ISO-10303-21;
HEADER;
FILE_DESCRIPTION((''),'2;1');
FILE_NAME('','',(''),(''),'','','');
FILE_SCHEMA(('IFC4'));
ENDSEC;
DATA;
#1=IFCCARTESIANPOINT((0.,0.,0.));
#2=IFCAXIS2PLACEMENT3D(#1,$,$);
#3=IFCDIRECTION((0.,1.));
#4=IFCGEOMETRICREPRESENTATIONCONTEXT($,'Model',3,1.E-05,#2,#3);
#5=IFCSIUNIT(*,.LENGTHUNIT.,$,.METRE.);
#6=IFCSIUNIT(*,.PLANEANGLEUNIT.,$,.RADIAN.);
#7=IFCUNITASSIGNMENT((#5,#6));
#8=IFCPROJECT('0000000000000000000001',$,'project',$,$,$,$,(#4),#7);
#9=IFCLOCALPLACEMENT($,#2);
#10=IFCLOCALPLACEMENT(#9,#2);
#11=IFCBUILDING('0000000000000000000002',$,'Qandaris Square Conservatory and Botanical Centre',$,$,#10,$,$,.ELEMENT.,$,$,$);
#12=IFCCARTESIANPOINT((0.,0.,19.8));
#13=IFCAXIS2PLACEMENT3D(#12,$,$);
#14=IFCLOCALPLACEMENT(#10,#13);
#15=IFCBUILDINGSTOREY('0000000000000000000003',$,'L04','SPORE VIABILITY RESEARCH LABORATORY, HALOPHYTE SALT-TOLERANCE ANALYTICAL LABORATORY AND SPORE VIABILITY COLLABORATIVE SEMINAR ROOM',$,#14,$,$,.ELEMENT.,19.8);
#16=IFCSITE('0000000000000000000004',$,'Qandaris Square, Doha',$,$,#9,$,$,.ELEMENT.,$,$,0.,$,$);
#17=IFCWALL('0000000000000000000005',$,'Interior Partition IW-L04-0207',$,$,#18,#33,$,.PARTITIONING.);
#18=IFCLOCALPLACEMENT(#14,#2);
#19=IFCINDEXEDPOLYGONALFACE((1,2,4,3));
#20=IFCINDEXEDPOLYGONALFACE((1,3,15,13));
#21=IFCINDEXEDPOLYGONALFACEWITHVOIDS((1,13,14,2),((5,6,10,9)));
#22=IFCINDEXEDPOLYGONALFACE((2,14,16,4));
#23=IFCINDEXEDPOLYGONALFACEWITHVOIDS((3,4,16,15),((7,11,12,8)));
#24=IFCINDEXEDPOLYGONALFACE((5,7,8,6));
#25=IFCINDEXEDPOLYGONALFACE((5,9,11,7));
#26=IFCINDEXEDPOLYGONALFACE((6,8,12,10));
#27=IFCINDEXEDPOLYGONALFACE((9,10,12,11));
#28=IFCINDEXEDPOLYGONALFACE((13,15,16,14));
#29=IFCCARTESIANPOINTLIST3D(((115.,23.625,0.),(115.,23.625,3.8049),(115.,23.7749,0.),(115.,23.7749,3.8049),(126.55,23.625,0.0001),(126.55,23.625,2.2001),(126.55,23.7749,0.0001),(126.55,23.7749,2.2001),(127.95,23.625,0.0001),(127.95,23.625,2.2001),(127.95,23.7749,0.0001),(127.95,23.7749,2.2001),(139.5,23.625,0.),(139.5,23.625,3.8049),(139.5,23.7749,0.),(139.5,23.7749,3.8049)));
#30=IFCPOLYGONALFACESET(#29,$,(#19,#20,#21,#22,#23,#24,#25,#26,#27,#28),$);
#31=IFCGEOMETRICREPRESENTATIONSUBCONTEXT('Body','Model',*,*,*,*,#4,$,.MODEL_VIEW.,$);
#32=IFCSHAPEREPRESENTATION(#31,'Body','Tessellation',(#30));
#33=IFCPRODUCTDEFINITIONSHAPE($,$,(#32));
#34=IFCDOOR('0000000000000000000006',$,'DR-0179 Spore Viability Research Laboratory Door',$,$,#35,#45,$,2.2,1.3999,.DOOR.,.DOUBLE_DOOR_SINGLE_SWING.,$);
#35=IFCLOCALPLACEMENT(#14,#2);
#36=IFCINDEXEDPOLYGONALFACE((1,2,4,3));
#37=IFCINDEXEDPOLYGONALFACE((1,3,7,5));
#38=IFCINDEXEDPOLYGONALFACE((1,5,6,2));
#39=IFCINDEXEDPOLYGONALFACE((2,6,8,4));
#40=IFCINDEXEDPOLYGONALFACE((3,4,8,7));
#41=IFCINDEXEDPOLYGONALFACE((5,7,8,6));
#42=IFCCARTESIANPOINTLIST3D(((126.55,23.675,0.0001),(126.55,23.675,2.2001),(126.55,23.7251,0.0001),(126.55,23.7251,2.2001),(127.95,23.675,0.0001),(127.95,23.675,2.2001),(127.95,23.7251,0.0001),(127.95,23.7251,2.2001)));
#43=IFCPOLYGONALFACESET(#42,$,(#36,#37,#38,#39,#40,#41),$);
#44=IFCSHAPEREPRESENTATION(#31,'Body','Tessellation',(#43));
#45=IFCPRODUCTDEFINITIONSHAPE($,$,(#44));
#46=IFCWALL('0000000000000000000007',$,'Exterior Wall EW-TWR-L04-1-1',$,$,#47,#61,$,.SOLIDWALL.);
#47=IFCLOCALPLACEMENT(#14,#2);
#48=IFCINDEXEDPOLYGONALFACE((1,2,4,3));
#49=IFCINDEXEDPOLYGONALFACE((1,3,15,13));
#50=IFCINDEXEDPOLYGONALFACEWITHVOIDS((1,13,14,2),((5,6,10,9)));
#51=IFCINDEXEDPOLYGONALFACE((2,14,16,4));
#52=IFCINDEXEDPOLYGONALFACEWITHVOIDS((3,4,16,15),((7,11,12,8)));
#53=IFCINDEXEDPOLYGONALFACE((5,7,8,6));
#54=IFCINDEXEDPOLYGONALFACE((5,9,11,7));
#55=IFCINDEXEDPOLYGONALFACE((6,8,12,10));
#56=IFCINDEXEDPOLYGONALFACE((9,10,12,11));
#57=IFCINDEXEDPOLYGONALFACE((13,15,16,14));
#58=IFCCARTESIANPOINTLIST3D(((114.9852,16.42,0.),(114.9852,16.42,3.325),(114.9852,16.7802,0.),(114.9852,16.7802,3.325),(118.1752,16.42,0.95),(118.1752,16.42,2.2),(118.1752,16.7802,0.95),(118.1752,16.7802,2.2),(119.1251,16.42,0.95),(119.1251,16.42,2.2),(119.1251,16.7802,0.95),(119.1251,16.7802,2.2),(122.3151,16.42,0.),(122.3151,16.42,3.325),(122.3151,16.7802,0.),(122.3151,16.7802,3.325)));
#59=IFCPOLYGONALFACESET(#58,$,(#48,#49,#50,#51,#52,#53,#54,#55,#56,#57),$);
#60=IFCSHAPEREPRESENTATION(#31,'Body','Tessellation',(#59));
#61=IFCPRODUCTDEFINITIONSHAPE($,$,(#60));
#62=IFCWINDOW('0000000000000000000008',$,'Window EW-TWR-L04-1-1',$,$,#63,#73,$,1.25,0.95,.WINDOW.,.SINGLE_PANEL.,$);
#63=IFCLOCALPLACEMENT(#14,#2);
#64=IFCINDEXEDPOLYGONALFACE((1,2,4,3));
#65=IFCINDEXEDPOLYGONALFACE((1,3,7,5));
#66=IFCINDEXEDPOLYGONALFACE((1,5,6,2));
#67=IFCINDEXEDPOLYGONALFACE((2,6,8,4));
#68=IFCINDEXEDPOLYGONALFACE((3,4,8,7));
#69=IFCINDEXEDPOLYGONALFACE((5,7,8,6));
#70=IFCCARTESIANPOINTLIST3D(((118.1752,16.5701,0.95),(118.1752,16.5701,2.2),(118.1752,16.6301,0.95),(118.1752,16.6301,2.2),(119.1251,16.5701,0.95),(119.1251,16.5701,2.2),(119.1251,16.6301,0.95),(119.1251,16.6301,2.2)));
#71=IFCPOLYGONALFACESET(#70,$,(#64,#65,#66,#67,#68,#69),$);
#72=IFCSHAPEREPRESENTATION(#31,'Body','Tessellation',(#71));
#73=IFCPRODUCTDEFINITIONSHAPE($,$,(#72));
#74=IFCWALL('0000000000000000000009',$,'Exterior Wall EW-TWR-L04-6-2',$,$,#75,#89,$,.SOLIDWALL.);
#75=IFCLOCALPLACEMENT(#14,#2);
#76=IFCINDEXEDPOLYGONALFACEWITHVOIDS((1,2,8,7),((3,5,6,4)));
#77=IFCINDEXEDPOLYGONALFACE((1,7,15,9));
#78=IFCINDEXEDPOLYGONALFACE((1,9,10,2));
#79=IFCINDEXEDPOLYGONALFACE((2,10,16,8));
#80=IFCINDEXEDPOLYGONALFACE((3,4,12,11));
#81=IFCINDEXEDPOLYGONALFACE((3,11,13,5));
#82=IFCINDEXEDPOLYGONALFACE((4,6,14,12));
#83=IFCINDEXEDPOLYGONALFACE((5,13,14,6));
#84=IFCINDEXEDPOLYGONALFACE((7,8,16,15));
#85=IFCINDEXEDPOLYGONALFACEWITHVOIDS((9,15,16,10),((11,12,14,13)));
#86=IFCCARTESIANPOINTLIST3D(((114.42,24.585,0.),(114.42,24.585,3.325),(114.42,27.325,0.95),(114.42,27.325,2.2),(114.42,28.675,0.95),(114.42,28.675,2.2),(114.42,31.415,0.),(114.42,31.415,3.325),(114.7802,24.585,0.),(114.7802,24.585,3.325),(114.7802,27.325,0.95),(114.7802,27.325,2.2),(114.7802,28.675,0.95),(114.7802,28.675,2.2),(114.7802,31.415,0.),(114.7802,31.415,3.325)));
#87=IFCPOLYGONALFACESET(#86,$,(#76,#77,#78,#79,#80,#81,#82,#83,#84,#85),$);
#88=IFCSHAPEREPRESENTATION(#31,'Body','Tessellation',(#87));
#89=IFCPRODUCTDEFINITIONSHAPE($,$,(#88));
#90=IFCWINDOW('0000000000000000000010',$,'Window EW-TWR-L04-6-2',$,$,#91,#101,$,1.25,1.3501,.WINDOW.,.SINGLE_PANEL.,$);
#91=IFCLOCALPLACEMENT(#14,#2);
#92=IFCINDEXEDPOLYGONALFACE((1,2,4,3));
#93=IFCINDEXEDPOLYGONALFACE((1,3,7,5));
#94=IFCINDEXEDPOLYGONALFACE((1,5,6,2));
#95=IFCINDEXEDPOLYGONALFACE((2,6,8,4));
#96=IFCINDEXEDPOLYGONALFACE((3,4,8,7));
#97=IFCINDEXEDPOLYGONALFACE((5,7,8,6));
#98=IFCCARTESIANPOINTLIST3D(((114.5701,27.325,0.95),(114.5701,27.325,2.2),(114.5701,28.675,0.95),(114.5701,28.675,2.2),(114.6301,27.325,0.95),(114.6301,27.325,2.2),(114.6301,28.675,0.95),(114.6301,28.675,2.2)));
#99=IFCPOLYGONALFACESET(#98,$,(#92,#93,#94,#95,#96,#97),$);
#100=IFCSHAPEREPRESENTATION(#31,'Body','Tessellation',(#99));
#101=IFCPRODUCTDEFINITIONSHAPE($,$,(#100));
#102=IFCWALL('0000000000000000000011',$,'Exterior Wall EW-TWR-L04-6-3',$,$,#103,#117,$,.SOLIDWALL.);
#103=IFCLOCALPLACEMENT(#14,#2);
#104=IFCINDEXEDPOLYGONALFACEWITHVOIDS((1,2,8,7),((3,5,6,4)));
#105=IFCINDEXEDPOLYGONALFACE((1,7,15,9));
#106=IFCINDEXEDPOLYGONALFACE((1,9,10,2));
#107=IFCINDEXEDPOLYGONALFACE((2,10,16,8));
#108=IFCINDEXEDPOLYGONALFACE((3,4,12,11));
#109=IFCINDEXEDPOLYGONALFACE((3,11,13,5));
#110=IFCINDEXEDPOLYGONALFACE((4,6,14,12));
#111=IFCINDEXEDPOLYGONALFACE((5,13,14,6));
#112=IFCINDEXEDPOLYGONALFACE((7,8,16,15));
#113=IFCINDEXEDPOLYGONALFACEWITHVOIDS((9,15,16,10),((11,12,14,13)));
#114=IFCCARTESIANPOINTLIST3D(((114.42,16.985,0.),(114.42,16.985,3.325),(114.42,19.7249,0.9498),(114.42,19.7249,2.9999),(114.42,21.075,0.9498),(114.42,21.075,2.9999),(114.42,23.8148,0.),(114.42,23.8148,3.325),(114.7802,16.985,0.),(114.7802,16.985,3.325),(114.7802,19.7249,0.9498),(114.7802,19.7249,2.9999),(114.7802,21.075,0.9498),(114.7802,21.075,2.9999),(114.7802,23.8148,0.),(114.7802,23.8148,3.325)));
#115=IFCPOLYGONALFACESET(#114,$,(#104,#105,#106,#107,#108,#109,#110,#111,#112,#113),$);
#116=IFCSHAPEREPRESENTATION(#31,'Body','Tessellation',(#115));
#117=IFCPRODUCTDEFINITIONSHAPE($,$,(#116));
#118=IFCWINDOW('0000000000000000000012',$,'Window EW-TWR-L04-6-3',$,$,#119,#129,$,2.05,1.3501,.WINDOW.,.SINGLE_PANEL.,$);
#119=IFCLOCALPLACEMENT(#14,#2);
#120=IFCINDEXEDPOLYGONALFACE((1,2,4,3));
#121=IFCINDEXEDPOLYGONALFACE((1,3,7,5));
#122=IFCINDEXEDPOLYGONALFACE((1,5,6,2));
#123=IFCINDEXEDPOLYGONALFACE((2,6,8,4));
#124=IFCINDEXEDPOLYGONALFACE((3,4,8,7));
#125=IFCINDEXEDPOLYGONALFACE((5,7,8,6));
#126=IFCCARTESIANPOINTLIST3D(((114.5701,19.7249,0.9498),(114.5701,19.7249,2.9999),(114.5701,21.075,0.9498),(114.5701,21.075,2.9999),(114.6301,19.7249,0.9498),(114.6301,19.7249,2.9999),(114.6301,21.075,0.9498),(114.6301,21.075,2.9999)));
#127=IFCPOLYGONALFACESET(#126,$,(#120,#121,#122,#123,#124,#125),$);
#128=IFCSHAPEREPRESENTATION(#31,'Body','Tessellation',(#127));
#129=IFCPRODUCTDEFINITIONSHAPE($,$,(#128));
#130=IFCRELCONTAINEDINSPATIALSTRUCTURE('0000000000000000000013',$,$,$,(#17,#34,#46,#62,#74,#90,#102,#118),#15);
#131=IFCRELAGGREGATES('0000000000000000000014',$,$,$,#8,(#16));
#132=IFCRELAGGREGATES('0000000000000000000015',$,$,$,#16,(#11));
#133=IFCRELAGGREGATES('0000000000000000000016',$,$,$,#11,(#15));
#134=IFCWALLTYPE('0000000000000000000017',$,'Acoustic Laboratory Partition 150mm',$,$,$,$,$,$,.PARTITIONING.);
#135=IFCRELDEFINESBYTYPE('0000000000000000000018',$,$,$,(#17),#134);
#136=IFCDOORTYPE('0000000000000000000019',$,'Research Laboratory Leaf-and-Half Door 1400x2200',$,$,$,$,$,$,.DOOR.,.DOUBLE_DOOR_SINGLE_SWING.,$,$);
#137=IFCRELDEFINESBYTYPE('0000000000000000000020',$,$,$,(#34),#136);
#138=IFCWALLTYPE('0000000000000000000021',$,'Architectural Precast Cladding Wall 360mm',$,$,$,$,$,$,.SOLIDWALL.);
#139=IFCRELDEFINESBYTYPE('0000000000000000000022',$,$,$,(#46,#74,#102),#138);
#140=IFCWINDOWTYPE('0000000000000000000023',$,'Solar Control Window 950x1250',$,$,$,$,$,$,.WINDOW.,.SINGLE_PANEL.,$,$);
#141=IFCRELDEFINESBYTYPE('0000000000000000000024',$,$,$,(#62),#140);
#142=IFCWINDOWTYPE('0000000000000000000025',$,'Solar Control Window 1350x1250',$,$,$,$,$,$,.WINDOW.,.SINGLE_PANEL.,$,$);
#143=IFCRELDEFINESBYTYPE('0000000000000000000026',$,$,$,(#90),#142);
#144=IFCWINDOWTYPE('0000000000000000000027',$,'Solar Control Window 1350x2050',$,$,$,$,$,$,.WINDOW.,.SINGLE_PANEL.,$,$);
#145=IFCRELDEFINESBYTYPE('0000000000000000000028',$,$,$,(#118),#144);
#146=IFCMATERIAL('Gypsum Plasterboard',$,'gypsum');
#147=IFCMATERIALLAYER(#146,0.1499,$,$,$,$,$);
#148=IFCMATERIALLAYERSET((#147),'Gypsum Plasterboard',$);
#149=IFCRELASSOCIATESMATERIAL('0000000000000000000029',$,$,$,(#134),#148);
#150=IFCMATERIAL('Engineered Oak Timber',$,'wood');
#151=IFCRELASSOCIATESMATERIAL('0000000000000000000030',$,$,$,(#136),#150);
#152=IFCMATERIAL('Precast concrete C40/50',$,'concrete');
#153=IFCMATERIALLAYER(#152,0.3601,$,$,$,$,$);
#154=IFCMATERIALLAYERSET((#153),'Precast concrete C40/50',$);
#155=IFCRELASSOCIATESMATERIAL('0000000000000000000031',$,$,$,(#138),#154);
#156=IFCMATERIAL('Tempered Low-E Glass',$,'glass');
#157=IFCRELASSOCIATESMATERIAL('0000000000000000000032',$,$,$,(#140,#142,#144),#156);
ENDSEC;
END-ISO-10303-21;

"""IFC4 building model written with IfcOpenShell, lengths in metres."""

from ifc_helpers import new_model, si_unit, direction, frame, frame_2d, origin, place, context, subcontext, project, spatial, rectangle, extrude, material, layer, layer_set, type_object, element, fill, save


model = new_model("IFC4")

# Units and contexts
model_context = context("Model", 3, precision=1e-05, world=origin(), true_north=direction((0.0, 1.0)))
body_context = subcontext(model_context, "Body", "Model", "MODEL_VIEW")
ifc_project = project(units=[si_unit("LENGTHUNIT", "METRE"), si_unit("PLANEANGLEUNIT", "RADIAN")], contexts=[model_context])

# Site, building, storey
site_placement = place(None, origin())
site = spatial("IfcSite", under=ifc_project, at=site_placement, Name="Qandaris Square, Doha", CompositionType="ELEMENT", RefElevation=0.0)
building_placement = place(site_placement, origin())
building = spatial("IfcBuilding", under=site, at=building_placement, Name="Qandaris Square Conservatory and Botanical Centre", CompositionType="ELEMENT")
storey_placement = place(building_placement, frame((0.0, 0.0, 19.8)))
storey = spatial("IfcBuildingStorey", under=building, at=storey_placement, Name="L04", Description="SPORE VIABILITY RESEARCH LABORATORY, HALOPHYTE SALT-TOLERANCE ANALYTICAL LABORATORY AND SPORE VIABILITY COLLABORATIVE SEMINAR ROOM", CompositionType="ELEMENT", Elevation=19.8)

# Wall, opening, door
ifc_material_1 = material(Name="Gypsum Plasterboard", Category="gypsum")
ifc_layer_1 = layer(ifc_material_1, 0.1499)
ifc_layer_set_1 = layer_set([ifc_layer_1], Name="Gypsum Plasterboard")
wall_type_1 = type_object("IfcWallType", Name="Acoustic Laboratory Partition 150mm", PredefinedType="PARTITIONING", material=ifc_layer_set_1)
wall_1_placement = place(storey_placement, frame((115.0, 23.7, 0.0), z_axis=(0.0, 0.0, 1.0), x_axis=(1.0, 0.0, 0.0)))
wall_1 = element("IfcWall", 1, at=wall_1_placement, inside=storey, type_object=wall_type_1, Name="Interior Partition IW-L04-0207", PredefinedType="PARTITIONING", context=body_context, shape_type="SweptSolid", body=[
    extrude(rectangle(XDim=24.5, YDim=0.1499, at=frame_2d((12.25, 0.0))), origin(), (0.0, 0.0, 1.0), 3.8049),
])
opening_1_placement = place(wall_1_placement, frame((11.55, 0.0, 0.0)))
opening_1 = element("IfcOpeningElement", 2, at=opening_1_placement, cuts=wall_1, PredefinedType="OPENING", context=body_context, shape_type="SweptSolid", body=[
    extrude(rectangle(XDim=1.3999, YDim=2.2, at=frame_2d((0.7, 1.1001))), frame((0.0, 0.0869, 0.0), z_axis=(0.0, -1.0, 0.0), x_axis=(1.0, 0.0, 0.0)), (0.0, 0.0, 1.0), 0.1738),
])
ifc_material_2 = material(Name="Engineered Oak Timber", Category="wood")
door_type = type_object("IfcDoorType", Name="Research Laboratory Leaf-and-Half Door 1400x2200", OperationType="DOUBLE_DOOR_SINGLE_SWING", PredefinedType="DOOR", material=ifc_material_2)
door_placement = place(opening_1_placement, frame((1.3999, 0.0, 0.0), z_axis=(0.0, 0.0, 1.0), x_axis=(-1.0, 0.0, 0.0)))
door = element("IfcDoor", 3, at=door_placement, inside=storey, type_object=door_type, Name="DR-0179 Spore Viability Research Laboratory Door", OperationType="DOUBLE_DOOR_SINGLE_SWING", OverallHeight=2.2, OverallWidth=1.3999, PredefinedType="DOOR", context=body_context, shape_type="SweptSolid", body=[
    extrude(rectangle(XDim=1.3999, YDim=2.2, at=frame_2d((0.7, 1.1001))), frame((0.0, 0.0249, 0.0), z_axis=(0.0, -1.0, 0.0), x_axis=(1.0, 0.0, 0.0)), (0.0, 0.0, 1.0), 0.05),
])
fill(opening_1, door)

# Walls, openings, windows
ifc_material_3 = material(Name="Precast concrete C40/50", Category="concrete")
ifc_layer_2 = layer(ifc_material_3, 0.3601)
ifc_layer_set_2 = layer_set([ifc_layer_2], Name="Precast concrete C40/50")
wall_type_2 = type_object("IfcWallType", Name="Architectural Precast Cladding Wall 360mm", PredefinedType="SOLIDWALL", material=ifc_layer_set_2)
wall_2_placement = place(storey_placement, frame((114.9851, 16.6001, 0.0), z_axis=(0.0, 0.0, 1.0), x_axis=(1.0, 0.0, 0.0)))
wall_2 = element("IfcWall", 4, at=wall_2_placement, inside=storey, type_object=wall_type_2, Name="Exterior Wall EW-TWR-L04-1-1", PredefinedType="SOLIDWALL", context=body_context, shape_type="SweptSolid", body=[
    extrude(rectangle(XDim=7.3298, YDim=0.3601, at=frame_2d((3.665, 0.0))), origin(), (0.0, 0.0, 1.0), 3.325),
])
opening_2_placement = place(wall_2_placement, frame((3.1899, 0.0, 0.95)))
opening_2 = element("IfcOpeningElement", 5, at=opening_2_placement, cuts=wall_2, PredefinedType="OPENING", context=body_context, shape_type="SweptSolid", body=[
    extrude(rectangle(XDim=0.95, YDim=1.25, at=frame_2d((0.4751, 0.625))), frame((0.0, 0.1919, 0.0), z_axis=(0.0, -1.0, 0.0), x_axis=(1.0, 0.0, 0.0)), (0.0, 0.0, 1.0), 0.384),
])
ifc_material_4 = material(Name="Tempered Low-E Glass", Category="glass")
window_type_1 = type_object("IfcWindowType", Name="Solar Control Window 950x1250", PartitioningType="SINGLE_PANEL", PredefinedType="WINDOW", material=ifc_material_4)
window_1_placement = place(opening_2_placement, origin())
window_1 = element("IfcWindow", 6, at=window_1_placement, inside=storey, type_object=window_type_1, Name="Window EW-TWR-L04-1-1", OverallHeight=1.25, OverallWidth=0.95, PartitioningType="SINGLE_PANEL", PredefinedType="WINDOW", context=body_context, shape_type="SweptSolid", body=[
    extrude(rectangle(XDim=0.95, YDim=1.25, at=frame_2d((0.4751, 0.625))), frame((0.0, 0.03, 0.0), z_axis=(0.0, -1.0, 0.0), x_axis=(1.0, 0.0, 0.0)), (0.0, 0.0, 1.0), 0.0601),
])
fill(opening_2, window_1)
wall_3_placement = place(storey_placement, frame((114.6001, 31.415, 0.0), z_axis=(0.0, 0.0, 1.0), x_axis=(0.0, -1.0, 0.0)))
wall_3 = element("IfcWall", 7, at=wall_3_placement, inside=storey, type_object=wall_type_2, Name="Exterior Wall EW-TWR-L04-6-2", PredefinedType="SOLIDWALL", context=body_context, shape_type="SweptSolid", body=[
    extrude(rectangle(XDim=6.8301, YDim=0.3601, at=frame_2d((3.415, 0.0))), origin(), (0.0, 0.0, 1.0), 3.325),
])
opening_3_placement = place(wall_3_placement, frame((2.74, 0.0, 0.95)))
opening_3 = element("IfcOpeningElement", 8, at=opening_3_placement, cuts=wall_3, PredefinedType="OPENING", context=body_context, shape_type="SweptSolid", body=[
    extrude(rectangle(XDim=1.3501, YDim=1.25, at=frame_2d((0.675, 0.625))), frame((0.0, 0.1919, 0.0), z_axis=(0.0, -1.0, 0.0), x_axis=(1.0, 0.0, 0.0)), (0.0, 0.0, 1.0), 0.384),
])
window_type_2 = type_object("IfcWindowType", Name="Solar Control Window 1350x1250", PartitioningType="SINGLE_PANEL", PredefinedType="WINDOW", material=ifc_material_4)
window_2_placement = place(opening_3_placement, origin())
window_2 = element("IfcWindow", 9, at=window_2_placement, inside=storey, type_object=window_type_2, Name="Window EW-TWR-L04-6-2", OverallHeight=1.25, OverallWidth=1.3501, PartitioningType="SINGLE_PANEL", PredefinedType="WINDOW", context=body_context, shape_type="SweptSolid", body=[
    extrude(rectangle(XDim=1.3501, YDim=1.25, at=frame_2d((0.675, 0.625))), frame((0.0, 0.03, 0.0), z_axis=(0.0, -1.0, 0.0), x_axis=(1.0, 0.0, 0.0)), (0.0, 0.0, 1.0), 0.0601),
])
fill(opening_3, window_2)
wall_4_placement = place(storey_placement, frame((114.6001, 23.8149, 0.0), z_axis=(0.0, 0.0, 1.0), x_axis=(0.0, -1.0, 0.0)))
wall_4 = element("IfcWall", 10, at=wall_4_placement, inside=storey, type_object=wall_type_2, Name="Exterior Wall EW-TWR-L04-6-3", PredefinedType="SOLIDWALL", context=body_context, shape_type="SweptSolid", body=[
    extrude(rectangle(XDim=6.8298, YDim=0.3601, at=frame_2d((3.415, 0.0))), origin(), (0.0, 0.0, 1.0), 3.325),
])
opening_4_placement = place(wall_4_placement, frame((2.74, 0.0, 0.95)))
opening_4 = element("IfcOpeningElement", 11, at=opening_4_placement, cuts=wall_4, PredefinedType="OPENING", context=body_context, shape_type="SweptSolid", body=[
    extrude(rectangle(XDim=1.3501, YDim=2.05, at=frame_2d((0.675, 1.0249))), frame((0.0, 0.1919, 0.0), z_axis=(0.0, -1.0, 0.0), x_axis=(1.0, 0.0, 0.0)), (0.0, 0.0, 1.0), 0.384),
])
window_type_3 = type_object("IfcWindowType", Name="Solar Control Window 1350x2050", PartitioningType="SINGLE_PANEL", PredefinedType="WINDOW", material=ifc_material_4)
window_3_placement = place(opening_4_placement, origin())
window_3 = element("IfcWindow", 12, at=window_3_placement, inside=storey, type_object=window_type_3, Name="Window EW-TWR-L04-6-3", OverallHeight=2.05, OverallWidth=1.3501, PartitioningType="SINGLE_PANEL", PredefinedType="WINDOW", context=body_context, shape_type="SweptSolid", body=[
    extrude(rectangle(XDim=1.3501, YDim=2.05, at=frame_2d((0.675, 1.0249))), frame((0.0, 0.03, 0.0), z_axis=(0.0, -1.0, 0.0), x_axis=(1.0, 0.0, 0.0)), (0.0, 0.0, 1.0), 0.0601),
])
fill(opening_4, window_3)

save(model, "model.ifc")
